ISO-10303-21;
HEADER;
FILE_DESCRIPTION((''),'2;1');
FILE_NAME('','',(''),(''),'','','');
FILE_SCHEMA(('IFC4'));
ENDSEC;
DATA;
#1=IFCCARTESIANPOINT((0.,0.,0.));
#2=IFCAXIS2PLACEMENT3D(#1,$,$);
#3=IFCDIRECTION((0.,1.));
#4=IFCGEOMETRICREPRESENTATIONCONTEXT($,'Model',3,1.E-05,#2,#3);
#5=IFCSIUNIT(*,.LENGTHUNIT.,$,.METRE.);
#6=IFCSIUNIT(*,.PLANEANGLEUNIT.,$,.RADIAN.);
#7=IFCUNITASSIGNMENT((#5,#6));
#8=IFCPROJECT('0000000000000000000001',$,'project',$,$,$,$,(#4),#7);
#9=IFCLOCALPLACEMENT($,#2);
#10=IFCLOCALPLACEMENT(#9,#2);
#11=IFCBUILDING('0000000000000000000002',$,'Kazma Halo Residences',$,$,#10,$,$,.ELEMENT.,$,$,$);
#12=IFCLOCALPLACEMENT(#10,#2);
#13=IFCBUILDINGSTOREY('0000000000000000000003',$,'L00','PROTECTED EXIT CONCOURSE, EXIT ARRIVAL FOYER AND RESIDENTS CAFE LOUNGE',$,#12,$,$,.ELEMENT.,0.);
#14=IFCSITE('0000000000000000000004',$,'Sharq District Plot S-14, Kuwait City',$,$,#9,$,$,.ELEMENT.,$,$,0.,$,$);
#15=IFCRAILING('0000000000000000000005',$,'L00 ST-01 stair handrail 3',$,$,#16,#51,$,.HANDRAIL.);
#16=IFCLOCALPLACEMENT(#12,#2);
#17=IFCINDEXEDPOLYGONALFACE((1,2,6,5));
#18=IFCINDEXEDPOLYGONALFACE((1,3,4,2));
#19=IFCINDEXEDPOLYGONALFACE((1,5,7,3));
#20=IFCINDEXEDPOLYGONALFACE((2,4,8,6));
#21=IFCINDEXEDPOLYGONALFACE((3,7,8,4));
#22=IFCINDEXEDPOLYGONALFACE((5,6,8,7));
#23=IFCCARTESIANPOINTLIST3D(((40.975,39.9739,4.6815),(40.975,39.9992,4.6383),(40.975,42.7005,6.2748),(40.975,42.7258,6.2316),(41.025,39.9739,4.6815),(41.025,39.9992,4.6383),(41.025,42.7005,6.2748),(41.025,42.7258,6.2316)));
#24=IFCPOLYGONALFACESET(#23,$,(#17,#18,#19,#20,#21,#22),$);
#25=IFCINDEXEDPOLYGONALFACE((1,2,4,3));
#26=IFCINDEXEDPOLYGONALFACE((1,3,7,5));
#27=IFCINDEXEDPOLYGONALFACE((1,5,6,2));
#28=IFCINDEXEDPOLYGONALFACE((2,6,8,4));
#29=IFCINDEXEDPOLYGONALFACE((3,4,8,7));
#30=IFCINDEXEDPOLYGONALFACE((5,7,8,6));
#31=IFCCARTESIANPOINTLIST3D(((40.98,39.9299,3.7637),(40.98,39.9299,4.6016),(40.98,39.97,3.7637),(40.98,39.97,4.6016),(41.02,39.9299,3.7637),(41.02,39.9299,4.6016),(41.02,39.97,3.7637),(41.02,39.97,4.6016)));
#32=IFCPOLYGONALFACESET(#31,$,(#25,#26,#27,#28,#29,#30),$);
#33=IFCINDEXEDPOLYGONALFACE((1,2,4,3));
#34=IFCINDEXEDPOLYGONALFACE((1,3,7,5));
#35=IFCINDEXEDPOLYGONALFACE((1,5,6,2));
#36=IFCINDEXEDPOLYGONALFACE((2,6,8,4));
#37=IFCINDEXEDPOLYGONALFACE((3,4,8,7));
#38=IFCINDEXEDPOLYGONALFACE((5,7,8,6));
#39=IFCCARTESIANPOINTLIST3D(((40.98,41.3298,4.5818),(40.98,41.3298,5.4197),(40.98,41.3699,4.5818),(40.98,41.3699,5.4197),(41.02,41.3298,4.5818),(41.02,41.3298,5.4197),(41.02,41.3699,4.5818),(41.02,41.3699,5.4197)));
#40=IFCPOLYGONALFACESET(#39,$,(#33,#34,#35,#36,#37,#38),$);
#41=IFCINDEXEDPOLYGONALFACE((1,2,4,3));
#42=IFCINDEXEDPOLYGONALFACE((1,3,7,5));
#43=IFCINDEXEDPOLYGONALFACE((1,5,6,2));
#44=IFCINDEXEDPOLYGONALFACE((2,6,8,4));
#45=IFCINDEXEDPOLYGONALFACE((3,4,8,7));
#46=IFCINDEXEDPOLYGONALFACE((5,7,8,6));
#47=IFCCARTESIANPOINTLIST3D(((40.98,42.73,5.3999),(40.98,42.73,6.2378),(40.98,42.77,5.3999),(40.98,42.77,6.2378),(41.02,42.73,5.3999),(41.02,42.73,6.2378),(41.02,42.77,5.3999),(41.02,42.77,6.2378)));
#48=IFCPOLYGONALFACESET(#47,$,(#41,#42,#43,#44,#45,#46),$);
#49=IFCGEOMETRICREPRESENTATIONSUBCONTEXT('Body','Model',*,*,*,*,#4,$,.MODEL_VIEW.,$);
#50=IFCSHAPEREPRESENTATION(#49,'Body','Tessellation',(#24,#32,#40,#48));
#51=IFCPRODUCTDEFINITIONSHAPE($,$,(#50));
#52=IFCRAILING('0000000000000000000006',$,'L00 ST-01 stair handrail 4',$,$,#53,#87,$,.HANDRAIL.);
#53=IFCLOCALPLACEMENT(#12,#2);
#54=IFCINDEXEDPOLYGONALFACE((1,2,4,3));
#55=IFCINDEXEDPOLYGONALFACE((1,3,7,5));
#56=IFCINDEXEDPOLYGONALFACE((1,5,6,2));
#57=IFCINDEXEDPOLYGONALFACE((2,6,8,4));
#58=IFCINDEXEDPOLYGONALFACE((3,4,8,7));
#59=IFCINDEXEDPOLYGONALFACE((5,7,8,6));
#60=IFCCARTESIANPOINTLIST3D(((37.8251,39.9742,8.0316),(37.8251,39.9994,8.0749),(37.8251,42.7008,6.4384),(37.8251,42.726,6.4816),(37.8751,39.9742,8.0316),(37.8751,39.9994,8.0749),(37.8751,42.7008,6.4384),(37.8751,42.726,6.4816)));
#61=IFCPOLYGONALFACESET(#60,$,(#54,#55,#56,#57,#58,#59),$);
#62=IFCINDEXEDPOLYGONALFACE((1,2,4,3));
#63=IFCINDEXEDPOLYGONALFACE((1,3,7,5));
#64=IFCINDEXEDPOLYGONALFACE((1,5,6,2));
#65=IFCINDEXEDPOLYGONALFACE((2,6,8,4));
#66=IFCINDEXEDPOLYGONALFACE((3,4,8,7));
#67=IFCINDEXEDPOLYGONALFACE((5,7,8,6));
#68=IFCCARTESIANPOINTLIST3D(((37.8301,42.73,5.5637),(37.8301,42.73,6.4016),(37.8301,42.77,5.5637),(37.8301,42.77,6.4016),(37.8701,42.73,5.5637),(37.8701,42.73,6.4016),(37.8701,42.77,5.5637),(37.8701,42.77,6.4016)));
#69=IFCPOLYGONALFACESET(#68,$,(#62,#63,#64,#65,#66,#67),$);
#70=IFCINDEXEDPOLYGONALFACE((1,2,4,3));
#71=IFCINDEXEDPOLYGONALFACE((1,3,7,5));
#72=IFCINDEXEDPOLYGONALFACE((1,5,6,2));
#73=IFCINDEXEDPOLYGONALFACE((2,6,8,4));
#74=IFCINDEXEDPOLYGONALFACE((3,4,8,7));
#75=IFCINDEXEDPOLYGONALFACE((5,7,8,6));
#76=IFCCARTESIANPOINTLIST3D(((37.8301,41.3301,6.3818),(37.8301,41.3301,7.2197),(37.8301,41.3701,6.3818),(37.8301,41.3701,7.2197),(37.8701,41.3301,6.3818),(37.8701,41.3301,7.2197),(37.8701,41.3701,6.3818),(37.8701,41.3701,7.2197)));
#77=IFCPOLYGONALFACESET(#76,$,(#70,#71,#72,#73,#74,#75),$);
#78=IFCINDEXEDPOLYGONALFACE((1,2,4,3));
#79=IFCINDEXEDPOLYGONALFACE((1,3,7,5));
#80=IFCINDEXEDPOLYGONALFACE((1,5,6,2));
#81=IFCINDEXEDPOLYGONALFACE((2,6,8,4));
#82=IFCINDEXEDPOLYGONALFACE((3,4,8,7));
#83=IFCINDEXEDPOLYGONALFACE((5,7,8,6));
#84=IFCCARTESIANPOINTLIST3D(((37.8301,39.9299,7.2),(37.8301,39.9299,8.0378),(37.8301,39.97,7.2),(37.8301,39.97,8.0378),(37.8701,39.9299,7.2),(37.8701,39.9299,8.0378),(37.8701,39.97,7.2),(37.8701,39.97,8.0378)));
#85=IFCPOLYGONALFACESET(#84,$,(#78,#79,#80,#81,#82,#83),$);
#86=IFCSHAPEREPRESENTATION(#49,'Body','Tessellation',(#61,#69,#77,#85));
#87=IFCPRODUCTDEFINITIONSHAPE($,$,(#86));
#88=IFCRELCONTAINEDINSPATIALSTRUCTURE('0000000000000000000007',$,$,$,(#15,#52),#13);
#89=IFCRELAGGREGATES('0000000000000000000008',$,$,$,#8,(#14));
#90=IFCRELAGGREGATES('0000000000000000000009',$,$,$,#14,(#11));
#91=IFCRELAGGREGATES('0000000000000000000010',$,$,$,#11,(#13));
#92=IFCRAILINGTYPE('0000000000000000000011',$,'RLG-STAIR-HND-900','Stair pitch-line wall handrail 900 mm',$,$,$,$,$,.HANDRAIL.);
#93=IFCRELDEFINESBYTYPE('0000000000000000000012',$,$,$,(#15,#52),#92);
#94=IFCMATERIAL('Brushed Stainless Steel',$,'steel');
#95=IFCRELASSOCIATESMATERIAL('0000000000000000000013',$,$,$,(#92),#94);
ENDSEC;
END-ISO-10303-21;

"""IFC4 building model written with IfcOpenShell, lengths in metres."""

from ifc_helpers import new_model, si_unit, direction, frame, origin, origin_2d, place, context, subcontext, project, spatial, rectangle, extrude, material, type_object, element, save


model = new_model("IFC4")

# Units and contexts
model_context = context("Model", 3, precision=1e-05, world=origin(), true_north=direction((0.0, 1.0)))
body_context = subcontext(model_context, "Body", "Model", "MODEL_VIEW")
ifc_project = project(units=[si_unit("LENGTHUNIT", "METRE"), si_unit("PLANEANGLEUNIT", "RADIAN")], contexts=[model_context])

# Site, building, storey
site_placement = place(None, origin())
site = spatial("IfcSite", under=ifc_project, at=site_placement, Name="Sharq District Plot S-14, Kuwait City", CompositionType="ELEMENT", RefElevation=0.0)
building_placement = place(site_placement, origin())
building = spatial("IfcBuilding", under=site, at=building_placement, Name="Kazma Halo Residences", CompositionType="ELEMENT")
storey_placement = place(building_placement, origin())
storey = spatial("IfcBuildingStorey", under=building, at=storey_placement, Name="L00", Description="PROTECTED EXIT CONCOURSE, EXIT ARRIVAL FOYER AND RESIDENTS CAFE LOUNGE", CompositionType="ELEMENT", Elevation=0.0)

# Railings
ifc_material_1 = material(Name="Brushed Stainless Steel", Category="steel")
railing_type_1 = type_object("IfcRailingType", Name="RLG-STAIR-HND-900", Description="Stair pitch-line wall handrail 900 mm", PredefinedType="HANDRAIL", material=ifc_material_1)
railing_1_placement = place(storey_placement, frame((41.0, 39.95, 3.7637)))
element("IfcRailing", 1, at=railing_1_placement, inside=storey, type_object=railing_type_1, Name="L00 ST-01 stair handrail 3", PredefinedType="HANDRAIL", context=body_context, shape_type="SweptSolid", body=[
    extrude(rectangle(XDim=0.05, YDim=0.05, at=origin_2d()), frame((0.0, 0.0366, 0.8962), z_axis=(0.0, 0.863394, 0.504531), x_axis=(-1.0, 0.0, 0.0)), (0.0, 0.0, 1.0), 3.158),
    extrude(rectangle(XDim=0.04, YDim=0.04, at=origin_2d()), origin(), (0.0, 0.0, 1.0), 0.8379),
    extrude(rectangle(XDim=0.04, YDim=0.04, at=origin_2d()), frame((0.0, 1.3999, 0.8181)), (0.0, 0.0, 1.0), 0.8379),
    extrude(rectangle(XDim=0.04, YDim=0.04, at=origin_2d()), frame((0.0, 2.8, 1.6362)), (0.0, 0.0, 1.0), 0.8379),
])
railing_2_placement = place(storey_placement, frame((37.8501, 42.75, 5.5637)))
element("IfcRailing", 2, at=railing_2_placement, inside=storey, type_object=railing_type_1, Name="L00 ST-01 stair handrail 4", PredefinedType="HANDRAIL", context=body_context, shape_type="SweptSolid", body=[
    extrude(rectangle(XDim=0.05, YDim=0.05, at=origin_2d()), frame((0.0, -0.0366, 0.8962), z_axis=(0.0, -0.863394, 0.504531), x_axis=(1.0, 0.0, 0.0)), (0.0, 0.0, 1.0), 3.158),
    extrude(rectangle(XDim=0.04, YDim=0.04, at=origin_2d()), origin(), (0.0, 0.0, 1.0), 0.8379),
    extrude(rectangle(XDim=0.04, YDim=0.04, at=origin_2d()), frame((0.0, -1.3999, 0.8181)), (0.0, 0.0, 1.0), 0.8379),
    extrude(rectangle(XDim=0.04, YDim=0.04, at=origin_2d()), frame((0.0, -2.8, 1.6362)), (0.0, 0.0, 1.0), 0.8379),
])

save(model, "model.ifc")
